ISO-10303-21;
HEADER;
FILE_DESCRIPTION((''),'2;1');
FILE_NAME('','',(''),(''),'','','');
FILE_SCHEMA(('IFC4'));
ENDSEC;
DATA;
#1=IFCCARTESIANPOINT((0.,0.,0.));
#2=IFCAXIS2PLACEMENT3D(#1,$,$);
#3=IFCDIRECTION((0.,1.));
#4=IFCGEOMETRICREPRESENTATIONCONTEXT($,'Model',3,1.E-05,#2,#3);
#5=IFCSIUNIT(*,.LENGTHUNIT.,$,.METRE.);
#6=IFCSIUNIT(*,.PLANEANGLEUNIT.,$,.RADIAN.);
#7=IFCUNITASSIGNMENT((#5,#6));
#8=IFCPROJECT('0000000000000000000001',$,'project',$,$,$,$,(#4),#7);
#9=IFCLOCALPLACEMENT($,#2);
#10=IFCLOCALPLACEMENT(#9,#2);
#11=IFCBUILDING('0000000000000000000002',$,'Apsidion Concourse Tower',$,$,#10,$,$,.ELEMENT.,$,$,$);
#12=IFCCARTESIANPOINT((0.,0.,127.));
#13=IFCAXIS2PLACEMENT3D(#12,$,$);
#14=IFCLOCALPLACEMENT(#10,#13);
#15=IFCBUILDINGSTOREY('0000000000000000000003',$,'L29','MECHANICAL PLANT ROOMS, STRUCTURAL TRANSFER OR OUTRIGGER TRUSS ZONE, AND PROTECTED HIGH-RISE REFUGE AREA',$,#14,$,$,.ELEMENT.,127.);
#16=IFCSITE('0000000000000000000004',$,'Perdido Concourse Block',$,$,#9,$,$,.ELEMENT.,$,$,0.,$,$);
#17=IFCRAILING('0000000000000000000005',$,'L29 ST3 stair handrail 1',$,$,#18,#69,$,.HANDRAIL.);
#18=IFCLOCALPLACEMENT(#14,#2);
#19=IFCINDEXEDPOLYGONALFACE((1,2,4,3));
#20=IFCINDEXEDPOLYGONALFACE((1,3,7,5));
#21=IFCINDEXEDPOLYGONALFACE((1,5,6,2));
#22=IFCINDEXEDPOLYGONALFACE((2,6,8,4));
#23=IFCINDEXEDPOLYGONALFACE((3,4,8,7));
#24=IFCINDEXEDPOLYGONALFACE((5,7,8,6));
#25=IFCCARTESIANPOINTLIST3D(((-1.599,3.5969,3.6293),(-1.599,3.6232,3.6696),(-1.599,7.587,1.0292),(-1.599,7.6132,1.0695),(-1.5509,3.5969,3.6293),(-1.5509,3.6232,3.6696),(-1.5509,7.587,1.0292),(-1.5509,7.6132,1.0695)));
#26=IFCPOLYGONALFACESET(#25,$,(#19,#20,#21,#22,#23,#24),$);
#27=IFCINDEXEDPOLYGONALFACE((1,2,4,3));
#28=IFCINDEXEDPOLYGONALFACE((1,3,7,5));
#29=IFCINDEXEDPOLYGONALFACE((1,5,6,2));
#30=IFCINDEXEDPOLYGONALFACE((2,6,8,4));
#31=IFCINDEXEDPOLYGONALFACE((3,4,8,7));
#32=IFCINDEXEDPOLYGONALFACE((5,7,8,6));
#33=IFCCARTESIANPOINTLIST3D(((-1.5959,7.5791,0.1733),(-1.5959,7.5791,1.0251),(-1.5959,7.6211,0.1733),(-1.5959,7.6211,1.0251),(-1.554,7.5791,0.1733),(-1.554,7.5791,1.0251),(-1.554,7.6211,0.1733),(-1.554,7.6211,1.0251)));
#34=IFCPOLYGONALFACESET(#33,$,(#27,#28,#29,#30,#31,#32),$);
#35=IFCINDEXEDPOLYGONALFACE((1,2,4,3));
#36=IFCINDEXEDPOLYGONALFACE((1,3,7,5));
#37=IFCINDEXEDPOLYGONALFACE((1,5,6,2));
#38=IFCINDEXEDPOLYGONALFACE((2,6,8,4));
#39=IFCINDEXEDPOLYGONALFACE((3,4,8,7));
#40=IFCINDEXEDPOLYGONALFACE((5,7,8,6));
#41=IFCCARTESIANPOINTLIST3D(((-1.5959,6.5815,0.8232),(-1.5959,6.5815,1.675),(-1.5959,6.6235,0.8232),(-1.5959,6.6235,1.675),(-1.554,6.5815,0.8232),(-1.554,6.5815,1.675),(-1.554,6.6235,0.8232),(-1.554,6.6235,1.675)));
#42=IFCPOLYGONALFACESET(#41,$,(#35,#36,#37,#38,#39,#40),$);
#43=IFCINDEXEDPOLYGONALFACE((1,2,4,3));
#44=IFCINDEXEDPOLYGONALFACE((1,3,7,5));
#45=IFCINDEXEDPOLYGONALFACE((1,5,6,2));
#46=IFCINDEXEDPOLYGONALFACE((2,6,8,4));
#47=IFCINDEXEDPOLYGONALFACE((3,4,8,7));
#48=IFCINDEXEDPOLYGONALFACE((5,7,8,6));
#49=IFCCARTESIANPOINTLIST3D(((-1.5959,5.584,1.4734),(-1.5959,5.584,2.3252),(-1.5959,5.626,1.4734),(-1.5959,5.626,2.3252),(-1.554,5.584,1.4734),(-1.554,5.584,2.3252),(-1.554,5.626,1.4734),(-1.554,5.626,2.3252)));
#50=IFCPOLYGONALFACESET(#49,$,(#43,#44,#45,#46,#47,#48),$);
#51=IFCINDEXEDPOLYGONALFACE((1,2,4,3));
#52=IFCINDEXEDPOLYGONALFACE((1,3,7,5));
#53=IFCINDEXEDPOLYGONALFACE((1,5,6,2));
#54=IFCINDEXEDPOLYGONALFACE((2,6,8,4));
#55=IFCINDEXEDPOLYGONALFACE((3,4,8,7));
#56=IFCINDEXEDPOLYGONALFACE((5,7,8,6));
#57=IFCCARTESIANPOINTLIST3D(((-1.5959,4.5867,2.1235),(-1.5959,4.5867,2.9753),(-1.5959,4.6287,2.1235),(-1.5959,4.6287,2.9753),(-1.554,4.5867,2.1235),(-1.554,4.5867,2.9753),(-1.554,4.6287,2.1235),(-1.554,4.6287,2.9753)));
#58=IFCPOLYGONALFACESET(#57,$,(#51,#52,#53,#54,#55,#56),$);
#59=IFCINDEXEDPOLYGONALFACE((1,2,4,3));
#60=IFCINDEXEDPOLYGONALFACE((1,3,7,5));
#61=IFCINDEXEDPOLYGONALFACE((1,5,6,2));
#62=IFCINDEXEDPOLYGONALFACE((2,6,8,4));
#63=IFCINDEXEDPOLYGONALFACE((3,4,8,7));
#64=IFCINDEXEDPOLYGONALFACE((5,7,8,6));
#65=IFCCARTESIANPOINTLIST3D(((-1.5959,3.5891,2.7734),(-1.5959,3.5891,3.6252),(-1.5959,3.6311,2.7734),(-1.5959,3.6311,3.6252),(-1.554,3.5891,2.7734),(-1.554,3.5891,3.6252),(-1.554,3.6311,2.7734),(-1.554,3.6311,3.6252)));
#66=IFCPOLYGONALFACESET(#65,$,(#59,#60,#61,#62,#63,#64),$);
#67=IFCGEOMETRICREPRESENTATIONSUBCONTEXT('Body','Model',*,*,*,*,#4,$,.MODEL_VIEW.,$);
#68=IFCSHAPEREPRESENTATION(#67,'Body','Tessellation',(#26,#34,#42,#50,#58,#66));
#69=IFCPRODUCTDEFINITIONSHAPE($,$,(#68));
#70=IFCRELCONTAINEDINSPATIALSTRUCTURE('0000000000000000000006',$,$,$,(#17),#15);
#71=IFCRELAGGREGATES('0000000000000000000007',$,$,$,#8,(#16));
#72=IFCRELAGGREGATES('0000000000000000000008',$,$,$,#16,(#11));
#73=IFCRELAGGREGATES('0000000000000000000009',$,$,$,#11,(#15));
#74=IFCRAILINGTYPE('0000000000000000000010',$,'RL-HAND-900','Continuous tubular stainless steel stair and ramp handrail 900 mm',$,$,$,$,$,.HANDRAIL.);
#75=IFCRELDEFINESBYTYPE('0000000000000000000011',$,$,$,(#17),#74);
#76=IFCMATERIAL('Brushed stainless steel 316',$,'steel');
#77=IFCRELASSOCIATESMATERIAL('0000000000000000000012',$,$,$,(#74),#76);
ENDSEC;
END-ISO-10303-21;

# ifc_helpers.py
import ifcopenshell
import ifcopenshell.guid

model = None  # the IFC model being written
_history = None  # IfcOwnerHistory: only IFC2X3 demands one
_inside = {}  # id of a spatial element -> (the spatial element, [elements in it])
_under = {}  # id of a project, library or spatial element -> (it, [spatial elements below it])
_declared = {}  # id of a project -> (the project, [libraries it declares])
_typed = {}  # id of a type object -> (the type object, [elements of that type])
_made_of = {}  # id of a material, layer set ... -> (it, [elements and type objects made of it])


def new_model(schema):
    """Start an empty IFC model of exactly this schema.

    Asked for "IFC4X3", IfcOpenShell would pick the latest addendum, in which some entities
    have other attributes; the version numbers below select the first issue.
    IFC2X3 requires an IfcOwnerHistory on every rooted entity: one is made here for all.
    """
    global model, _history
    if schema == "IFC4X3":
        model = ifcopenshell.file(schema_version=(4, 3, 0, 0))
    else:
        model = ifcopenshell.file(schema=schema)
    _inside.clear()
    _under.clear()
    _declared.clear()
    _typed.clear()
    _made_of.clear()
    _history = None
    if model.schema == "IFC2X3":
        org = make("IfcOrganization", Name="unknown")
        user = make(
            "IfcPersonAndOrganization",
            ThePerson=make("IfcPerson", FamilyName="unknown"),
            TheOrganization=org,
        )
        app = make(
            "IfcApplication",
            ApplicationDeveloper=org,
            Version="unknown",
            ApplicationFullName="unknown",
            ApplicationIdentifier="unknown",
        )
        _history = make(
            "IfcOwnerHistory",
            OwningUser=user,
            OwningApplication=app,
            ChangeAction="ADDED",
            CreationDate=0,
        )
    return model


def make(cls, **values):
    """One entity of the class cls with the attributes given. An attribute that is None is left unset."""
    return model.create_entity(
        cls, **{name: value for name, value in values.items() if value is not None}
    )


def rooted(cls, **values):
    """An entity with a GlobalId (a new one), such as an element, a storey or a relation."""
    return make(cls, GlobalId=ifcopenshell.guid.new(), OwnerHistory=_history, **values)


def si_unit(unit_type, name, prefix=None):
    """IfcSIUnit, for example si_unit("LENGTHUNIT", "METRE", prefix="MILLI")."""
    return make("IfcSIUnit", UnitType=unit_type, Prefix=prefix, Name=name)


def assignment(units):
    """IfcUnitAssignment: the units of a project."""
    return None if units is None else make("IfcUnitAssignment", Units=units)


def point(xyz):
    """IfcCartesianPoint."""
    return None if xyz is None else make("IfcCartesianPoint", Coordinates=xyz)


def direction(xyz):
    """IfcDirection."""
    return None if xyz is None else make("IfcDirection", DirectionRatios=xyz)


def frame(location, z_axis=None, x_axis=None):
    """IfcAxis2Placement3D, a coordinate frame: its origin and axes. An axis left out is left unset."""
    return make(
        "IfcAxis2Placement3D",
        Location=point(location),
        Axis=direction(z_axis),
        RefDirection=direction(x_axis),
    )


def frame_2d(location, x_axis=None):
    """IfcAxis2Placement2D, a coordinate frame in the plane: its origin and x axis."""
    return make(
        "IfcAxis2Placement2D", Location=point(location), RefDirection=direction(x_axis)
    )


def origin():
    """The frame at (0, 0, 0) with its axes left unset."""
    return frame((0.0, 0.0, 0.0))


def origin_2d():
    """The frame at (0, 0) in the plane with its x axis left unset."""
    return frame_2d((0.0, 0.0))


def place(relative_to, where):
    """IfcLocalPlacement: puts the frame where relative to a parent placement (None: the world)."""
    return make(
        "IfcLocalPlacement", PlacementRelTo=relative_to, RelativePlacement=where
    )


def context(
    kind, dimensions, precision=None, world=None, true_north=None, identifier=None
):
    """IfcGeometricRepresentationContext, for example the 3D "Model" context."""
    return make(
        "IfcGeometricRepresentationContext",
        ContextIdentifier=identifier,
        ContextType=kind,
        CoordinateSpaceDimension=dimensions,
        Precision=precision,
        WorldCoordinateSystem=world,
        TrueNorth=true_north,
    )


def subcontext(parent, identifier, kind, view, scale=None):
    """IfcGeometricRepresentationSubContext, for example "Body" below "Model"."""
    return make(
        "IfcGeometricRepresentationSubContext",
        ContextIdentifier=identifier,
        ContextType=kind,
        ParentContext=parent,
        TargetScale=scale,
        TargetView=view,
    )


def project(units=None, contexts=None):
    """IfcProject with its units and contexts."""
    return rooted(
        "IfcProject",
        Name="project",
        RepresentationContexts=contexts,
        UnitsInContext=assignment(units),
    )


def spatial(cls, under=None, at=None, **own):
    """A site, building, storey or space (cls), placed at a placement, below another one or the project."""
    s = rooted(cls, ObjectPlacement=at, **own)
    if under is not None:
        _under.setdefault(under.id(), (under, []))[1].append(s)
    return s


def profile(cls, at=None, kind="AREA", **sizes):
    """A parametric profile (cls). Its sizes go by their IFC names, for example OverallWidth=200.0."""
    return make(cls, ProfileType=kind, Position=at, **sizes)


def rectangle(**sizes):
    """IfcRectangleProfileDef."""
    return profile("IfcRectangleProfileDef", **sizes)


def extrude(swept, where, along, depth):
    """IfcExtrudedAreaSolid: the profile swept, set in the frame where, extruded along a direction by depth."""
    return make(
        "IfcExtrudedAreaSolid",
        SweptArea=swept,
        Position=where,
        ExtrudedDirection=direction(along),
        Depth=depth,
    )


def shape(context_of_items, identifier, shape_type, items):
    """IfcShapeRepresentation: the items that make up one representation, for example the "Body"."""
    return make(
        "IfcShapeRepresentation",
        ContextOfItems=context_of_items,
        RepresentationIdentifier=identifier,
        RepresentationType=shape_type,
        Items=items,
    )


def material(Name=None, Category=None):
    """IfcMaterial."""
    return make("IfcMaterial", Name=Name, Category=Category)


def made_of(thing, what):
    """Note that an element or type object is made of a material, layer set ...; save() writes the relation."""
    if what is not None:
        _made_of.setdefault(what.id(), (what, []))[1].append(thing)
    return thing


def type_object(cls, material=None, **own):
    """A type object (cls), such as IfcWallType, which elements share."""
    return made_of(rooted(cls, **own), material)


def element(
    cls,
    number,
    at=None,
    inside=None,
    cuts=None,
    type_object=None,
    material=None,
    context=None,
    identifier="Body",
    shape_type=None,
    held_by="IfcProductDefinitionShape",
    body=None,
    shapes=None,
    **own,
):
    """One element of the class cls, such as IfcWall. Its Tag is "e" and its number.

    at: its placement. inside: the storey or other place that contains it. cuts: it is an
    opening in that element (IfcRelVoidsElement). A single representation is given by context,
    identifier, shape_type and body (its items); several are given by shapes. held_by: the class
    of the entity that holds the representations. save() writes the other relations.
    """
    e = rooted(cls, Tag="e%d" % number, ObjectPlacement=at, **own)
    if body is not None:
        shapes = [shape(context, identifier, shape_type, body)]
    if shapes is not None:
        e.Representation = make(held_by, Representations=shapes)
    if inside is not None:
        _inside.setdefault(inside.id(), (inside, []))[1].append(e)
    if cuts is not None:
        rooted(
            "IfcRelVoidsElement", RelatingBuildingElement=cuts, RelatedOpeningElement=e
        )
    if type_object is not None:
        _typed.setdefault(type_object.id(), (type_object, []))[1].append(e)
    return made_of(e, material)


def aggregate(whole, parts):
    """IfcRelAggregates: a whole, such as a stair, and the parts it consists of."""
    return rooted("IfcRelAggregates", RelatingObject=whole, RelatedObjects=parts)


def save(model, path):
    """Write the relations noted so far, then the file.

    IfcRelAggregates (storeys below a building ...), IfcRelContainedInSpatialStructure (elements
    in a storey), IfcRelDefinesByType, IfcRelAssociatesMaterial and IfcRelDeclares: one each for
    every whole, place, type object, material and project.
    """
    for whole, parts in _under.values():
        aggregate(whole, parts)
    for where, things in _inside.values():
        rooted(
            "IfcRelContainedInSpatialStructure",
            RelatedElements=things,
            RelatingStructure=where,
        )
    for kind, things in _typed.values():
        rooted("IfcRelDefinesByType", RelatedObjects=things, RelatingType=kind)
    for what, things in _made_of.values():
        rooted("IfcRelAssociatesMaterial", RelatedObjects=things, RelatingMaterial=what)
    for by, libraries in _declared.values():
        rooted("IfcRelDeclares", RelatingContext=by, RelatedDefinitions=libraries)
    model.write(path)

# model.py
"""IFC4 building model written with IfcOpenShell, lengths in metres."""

from ifc_helpers import new_model, si_unit, direction, frame, origin, origin_2d, place, context, subcontext, project, spatial, rectangle, extrude, material, type_object, element, save


model = new_model("IFC4")

# Units and contexts
model_context = context("Model", 3, precision=1e-05, world=origin(), true_north=direction((0.0, 1.0)))
body_context = subcontext(model_context, "Body", "Model", "MODEL_VIEW")
ifc_project = project(units=[si_unit("LENGTHUNIT", "METRE"), si_unit("PLANEANGLEUNIT", "RADIAN")], contexts=[model_context])

# Site, building, storey
site_placement = place(None, origin())
site = spatial("IfcSite", under=ifc_project, at=site_placement, Name="Perdido Concourse Block", CompositionType="ELEMENT", RefElevation=0.0)
building_placement = place(site_placement, origin())
building = spatial("IfcBuilding", under=site, at=building_placement, Name="Apsidion Concourse Tower", CompositionType="ELEMENT")
storey_placement = place(building_placement, frame((0.0, 0.0, 127.0)))
storey = spatial("IfcBuildingStorey", under=building, at=storey_placement, Name="L29", Description="MECHANICAL PLANT ROOMS, STRUCTURAL TRANSFER OR OUTRIGGER TRUSS ZONE, AND PROTECTED HIGH-RISE REFUGE AREA", CompositionType="ELEMENT", Elevation=127.0)

# Railing
ifc_material_1 = material(Name="Brushed stainless steel 316", Category="steel")
railing_type_1 = type_object("IfcRailingType", Name="RL-HAND-900", Description="Continuous tubular stainless steel stair and ramp handrail 900 mm", PredefinedType="HANDRAIL", material=ifc_material_1)
railing_1_placement = place(storey_placement, frame((-1.575, 7.6001, 0.1733)))
element("IfcRailing", 1, at=railing_1_placement, inside=storey, type_object=railing_type_1, Name="L29 ST3 stair handrail 1", PredefinedType="HANDRAIL", context=body_context, shape_type="SweptSolid", body=[
    extrude(rectangle(XDim=0.0481, YDim=0.0481, at=origin_2d()), frame((0.0, 0.0, 0.876), z_axis=(0.0, -0.837809, 0.545963), x_axis=(1.0, 0.0, 0.0)), (0.0, 0.0, 1.0), 4.7625),
    extrude(rectangle(XDim=0.042, YDim=0.042, at=origin_2d()), origin(), (0.0, 0.0, 1.0), 0.8518),
    extrude(rectangle(XDim=0.042, YDim=0.042, at=origin_2d()), frame((0.0, -0.9976, 0.6499)), (0.0, 0.0, 1.0), 0.8518),
    extrude(rectangle(XDim=0.042, YDim=0.042, at=origin_2d()), frame((0.0, -1.9951, 1.3)), (0.0, 0.0, 1.0), 0.8518),
    extrude(rectangle(XDim=0.042, YDim=0.042, at=origin_2d()), frame((0.0, -2.9924, 1.9502)), (0.0, 0.0, 1.0), 0.8518),
    extrude(rectangle(XDim=0.042, YDim=0.042, at=origin_2d()), frame((0.0, -3.99, 2.6001)), (0.0, 0.0, 1.0), 0.8518),
])

save(model, "model.ifc")
